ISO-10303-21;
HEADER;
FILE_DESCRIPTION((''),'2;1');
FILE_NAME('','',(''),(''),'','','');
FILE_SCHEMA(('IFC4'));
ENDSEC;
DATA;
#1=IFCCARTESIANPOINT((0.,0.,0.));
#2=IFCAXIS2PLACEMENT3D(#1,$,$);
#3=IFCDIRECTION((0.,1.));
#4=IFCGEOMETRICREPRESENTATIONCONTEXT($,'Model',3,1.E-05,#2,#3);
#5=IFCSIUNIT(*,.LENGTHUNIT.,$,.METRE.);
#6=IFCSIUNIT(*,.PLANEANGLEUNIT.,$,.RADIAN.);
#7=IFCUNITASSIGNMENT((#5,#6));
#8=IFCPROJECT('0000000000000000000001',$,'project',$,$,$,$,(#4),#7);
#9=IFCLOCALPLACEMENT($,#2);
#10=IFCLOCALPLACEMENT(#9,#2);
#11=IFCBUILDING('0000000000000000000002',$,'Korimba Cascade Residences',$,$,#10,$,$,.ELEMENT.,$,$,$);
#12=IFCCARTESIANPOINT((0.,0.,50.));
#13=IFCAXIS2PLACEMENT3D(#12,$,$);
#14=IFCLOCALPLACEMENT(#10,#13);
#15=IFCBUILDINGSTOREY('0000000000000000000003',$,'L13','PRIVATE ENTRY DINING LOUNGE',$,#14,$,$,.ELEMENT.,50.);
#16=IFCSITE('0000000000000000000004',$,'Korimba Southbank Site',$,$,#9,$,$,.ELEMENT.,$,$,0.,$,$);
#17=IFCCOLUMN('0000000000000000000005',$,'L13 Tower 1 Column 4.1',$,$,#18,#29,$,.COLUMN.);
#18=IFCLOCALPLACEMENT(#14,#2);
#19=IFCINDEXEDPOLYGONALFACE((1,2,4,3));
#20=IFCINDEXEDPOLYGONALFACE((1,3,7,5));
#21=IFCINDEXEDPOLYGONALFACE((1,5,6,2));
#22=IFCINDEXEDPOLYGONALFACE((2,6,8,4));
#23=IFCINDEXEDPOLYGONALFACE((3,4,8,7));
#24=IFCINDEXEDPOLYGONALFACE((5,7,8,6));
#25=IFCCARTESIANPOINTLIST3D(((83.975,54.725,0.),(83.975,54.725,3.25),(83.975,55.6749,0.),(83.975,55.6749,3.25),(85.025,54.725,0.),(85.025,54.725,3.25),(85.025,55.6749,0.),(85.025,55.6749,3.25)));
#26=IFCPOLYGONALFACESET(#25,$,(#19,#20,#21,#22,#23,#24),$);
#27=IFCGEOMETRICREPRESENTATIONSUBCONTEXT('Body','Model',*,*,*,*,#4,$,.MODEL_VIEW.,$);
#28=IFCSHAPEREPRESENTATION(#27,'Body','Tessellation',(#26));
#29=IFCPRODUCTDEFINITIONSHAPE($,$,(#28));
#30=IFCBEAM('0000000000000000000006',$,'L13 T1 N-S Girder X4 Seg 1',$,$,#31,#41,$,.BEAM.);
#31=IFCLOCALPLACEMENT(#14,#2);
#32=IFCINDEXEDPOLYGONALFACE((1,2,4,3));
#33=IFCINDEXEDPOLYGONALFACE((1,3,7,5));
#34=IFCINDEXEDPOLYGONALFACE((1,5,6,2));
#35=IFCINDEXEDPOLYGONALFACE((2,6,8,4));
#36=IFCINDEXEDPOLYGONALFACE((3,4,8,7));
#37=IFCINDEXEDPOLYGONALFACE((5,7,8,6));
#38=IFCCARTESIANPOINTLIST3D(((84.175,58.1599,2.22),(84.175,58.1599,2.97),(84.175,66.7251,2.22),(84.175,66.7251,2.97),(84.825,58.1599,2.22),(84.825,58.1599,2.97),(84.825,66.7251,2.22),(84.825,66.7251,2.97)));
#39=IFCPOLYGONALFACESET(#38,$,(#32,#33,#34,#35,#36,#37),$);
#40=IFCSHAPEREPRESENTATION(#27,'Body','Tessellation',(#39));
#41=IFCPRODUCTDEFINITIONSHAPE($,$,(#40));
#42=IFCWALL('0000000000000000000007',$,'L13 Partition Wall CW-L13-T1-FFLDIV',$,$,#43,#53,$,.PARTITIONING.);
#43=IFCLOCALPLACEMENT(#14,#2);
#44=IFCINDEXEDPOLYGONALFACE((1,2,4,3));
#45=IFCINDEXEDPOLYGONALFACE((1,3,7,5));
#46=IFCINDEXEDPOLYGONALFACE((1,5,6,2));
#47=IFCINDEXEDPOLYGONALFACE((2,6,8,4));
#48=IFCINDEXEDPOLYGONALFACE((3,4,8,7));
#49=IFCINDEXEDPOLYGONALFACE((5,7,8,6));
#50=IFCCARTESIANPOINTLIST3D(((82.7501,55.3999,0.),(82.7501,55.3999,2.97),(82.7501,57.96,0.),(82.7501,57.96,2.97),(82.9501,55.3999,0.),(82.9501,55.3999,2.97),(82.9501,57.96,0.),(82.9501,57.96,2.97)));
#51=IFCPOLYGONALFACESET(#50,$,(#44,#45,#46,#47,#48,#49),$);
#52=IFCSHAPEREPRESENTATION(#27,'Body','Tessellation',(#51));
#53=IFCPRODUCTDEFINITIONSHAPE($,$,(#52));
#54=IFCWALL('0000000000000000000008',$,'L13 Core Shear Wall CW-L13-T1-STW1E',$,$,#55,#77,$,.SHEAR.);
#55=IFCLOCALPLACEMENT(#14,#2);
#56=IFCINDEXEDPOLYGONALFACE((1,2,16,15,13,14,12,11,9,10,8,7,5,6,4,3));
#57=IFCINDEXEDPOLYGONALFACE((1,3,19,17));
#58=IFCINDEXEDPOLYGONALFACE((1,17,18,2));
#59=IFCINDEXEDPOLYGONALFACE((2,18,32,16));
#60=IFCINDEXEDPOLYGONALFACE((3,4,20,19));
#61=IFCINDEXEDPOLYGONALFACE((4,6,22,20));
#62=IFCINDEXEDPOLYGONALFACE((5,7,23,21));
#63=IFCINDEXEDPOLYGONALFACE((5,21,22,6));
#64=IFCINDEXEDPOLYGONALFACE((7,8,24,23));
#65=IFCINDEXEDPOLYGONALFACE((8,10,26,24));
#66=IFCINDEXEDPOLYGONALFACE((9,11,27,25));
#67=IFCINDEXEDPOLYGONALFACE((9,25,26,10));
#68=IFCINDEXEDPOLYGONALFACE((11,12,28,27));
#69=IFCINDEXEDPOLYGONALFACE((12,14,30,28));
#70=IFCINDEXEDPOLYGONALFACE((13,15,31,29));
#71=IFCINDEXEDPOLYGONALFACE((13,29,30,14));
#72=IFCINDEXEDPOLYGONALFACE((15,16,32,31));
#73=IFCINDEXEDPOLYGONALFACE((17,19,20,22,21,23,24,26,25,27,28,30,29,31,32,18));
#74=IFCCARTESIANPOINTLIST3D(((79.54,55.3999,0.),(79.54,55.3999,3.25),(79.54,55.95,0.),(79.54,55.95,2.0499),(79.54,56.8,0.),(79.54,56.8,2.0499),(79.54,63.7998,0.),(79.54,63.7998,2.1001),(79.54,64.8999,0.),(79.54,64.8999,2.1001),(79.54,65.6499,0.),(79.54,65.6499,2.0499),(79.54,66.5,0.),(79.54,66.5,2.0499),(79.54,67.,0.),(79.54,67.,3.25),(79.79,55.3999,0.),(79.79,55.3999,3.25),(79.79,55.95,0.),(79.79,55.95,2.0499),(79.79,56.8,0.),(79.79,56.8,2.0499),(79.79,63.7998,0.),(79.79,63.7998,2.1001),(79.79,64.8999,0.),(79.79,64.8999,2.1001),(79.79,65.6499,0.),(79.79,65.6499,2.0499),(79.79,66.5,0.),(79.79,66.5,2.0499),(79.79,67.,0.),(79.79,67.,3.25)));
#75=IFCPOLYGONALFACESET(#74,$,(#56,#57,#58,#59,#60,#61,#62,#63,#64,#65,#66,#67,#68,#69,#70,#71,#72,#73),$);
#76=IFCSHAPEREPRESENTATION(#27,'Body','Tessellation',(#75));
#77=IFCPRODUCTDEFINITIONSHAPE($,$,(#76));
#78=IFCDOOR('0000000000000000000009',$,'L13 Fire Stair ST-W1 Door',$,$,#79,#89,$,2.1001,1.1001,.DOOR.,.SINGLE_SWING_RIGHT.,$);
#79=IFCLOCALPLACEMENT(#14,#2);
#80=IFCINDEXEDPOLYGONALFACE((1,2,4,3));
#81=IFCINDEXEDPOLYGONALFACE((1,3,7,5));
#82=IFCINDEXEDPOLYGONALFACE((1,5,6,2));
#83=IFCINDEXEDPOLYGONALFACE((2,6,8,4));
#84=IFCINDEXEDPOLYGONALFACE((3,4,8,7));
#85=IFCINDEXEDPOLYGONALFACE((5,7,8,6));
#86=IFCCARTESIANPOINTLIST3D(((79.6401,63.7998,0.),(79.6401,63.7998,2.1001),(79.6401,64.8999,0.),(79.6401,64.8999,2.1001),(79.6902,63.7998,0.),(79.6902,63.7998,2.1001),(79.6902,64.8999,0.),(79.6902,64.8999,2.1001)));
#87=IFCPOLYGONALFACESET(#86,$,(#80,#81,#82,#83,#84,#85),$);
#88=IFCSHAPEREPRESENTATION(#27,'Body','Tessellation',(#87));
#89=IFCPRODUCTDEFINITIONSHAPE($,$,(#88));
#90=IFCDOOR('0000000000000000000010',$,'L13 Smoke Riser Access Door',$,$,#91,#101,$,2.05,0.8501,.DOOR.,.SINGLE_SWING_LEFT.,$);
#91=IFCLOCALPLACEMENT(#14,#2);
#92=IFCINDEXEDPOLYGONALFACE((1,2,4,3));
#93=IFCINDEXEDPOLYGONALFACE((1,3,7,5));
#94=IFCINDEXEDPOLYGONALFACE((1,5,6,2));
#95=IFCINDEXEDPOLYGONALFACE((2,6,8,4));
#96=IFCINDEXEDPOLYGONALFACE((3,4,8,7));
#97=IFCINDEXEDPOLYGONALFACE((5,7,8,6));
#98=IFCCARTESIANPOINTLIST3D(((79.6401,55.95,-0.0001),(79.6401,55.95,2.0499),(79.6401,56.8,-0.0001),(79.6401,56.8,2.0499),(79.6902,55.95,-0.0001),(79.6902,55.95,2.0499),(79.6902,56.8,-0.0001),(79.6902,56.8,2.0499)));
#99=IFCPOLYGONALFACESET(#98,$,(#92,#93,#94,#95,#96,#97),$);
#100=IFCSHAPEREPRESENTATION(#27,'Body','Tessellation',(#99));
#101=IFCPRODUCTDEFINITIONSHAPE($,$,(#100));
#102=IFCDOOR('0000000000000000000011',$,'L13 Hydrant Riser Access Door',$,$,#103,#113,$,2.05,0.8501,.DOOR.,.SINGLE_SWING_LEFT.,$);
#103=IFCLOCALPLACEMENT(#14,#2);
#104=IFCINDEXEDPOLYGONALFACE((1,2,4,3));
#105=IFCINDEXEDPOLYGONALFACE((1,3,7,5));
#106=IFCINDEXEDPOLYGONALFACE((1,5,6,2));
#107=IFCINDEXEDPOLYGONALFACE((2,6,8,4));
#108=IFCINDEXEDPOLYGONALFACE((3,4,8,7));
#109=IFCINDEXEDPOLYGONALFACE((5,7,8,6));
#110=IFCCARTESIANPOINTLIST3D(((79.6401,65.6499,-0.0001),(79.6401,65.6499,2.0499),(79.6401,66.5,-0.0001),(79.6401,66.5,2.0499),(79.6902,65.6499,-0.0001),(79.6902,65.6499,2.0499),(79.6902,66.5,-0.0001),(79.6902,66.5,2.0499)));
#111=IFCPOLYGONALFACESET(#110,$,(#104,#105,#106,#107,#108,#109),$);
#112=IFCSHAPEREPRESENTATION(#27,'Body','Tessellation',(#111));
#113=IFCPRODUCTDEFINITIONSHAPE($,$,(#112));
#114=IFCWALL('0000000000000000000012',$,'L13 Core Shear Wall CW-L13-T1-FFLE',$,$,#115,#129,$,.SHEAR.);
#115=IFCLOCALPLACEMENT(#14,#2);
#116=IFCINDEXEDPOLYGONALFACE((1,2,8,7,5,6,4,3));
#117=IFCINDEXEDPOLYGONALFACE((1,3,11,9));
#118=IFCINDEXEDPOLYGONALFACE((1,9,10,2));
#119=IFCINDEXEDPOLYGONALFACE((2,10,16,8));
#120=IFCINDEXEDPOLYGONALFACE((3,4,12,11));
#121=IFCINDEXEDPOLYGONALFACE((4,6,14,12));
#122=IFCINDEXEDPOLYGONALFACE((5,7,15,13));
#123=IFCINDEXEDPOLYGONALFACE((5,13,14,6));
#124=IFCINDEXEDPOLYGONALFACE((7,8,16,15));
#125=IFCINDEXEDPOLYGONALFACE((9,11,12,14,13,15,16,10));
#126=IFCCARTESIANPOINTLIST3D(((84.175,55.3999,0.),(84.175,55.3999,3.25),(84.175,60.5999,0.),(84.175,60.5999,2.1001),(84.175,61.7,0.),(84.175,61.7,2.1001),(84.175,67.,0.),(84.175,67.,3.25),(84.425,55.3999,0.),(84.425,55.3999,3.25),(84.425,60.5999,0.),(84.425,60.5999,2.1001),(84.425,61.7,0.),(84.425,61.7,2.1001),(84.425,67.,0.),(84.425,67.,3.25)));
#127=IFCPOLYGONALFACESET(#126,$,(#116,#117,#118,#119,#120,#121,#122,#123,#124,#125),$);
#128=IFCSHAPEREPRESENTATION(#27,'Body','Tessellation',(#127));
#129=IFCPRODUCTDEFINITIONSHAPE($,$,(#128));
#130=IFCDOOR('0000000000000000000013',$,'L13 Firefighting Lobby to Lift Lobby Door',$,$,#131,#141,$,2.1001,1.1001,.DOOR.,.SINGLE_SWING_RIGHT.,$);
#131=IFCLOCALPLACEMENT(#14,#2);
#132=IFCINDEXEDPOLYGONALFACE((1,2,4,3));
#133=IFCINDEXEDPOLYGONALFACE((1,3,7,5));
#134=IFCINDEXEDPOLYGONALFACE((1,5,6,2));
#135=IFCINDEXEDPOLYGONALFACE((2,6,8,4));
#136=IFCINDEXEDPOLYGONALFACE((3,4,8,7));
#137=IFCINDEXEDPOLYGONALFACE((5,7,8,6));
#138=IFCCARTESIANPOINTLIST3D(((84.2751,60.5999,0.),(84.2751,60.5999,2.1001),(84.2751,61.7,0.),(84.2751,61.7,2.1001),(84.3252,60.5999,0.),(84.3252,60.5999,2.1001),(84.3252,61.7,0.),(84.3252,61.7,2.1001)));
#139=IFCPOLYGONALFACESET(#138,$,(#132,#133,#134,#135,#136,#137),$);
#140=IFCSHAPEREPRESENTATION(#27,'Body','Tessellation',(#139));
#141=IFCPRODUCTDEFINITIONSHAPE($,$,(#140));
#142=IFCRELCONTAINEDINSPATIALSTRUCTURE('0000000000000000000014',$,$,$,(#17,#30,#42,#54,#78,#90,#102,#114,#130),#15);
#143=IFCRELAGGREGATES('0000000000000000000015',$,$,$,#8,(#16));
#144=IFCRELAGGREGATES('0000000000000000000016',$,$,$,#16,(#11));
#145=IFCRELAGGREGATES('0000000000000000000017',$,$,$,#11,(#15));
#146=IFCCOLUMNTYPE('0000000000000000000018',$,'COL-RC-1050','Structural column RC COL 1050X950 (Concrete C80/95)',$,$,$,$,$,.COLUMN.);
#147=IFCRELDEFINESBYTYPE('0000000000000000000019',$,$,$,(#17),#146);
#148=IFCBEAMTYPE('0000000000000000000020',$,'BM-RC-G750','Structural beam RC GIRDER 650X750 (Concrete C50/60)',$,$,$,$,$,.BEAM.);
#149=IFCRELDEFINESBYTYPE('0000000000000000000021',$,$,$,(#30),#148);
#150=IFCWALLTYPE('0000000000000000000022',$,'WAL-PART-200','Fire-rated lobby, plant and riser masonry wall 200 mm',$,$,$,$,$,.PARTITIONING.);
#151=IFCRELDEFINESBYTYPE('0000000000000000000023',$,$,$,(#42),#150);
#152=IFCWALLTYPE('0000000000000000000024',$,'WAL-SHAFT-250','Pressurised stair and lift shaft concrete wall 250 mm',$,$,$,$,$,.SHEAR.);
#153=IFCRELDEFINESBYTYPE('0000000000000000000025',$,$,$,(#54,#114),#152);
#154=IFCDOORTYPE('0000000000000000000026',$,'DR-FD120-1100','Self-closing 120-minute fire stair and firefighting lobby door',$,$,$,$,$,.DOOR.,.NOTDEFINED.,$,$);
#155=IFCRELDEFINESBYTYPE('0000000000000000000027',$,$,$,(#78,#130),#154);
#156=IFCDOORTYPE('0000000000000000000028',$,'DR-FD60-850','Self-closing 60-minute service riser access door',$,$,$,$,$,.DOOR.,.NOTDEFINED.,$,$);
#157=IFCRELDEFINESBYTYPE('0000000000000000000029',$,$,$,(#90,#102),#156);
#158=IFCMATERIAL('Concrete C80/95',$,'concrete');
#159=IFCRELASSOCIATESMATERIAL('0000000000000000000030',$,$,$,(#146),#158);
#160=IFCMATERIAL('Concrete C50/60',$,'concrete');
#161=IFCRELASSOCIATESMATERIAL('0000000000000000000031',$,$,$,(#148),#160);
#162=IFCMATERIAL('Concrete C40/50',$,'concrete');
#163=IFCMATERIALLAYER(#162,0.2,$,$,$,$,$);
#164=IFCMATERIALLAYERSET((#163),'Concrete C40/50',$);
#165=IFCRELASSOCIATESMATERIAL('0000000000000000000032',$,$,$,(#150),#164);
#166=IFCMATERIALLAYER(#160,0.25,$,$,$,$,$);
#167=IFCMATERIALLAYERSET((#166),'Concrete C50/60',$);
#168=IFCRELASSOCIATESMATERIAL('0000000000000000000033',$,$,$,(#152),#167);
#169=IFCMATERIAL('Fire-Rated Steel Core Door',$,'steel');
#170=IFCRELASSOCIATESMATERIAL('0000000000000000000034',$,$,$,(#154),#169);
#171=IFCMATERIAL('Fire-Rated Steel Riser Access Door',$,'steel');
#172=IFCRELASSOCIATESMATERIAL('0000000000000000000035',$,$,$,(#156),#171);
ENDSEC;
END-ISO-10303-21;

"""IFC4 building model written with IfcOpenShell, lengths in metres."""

from ifc_helpers import new_model, si_unit, direction, frame, frame_2d, origin, origin_2d, place, context, subcontext, project, spatial, rectangle, extrude, material, layer, layer_set, material_profile, profile_set, type_object, element, fill, save


model = new_model("IFC4")

# Units and contexts
model_context = context("Model", 3, precision=1e-05, world=origin(), true_north=direction((0.0, 1.0)))
body_context = subcontext(model_context, "Body", "Model", "MODEL_VIEW")
ifc_project = project(units=[si_unit("LENGTHUNIT", "METRE"), si_unit("PLANEANGLEUNIT", "RADIAN")], contexts=[model_context])

# Site, building, storey
site_placement = place(None, origin())
site = spatial("IfcSite", under=ifc_project, at=site_placement, Name="Korimba Southbank Site", CompositionType="ELEMENT", RefElevation=0.0)
building_placement = place(site_placement, origin())
building = spatial("IfcBuilding", under=site, at=building_placement, Name="Korimba Cascade Residences", CompositionType="ELEMENT")
storey_placement = place(building_placement, frame((0.0, 0.0, 50.0)))
storey = spatial("IfcBuildingStorey", under=building, at=storey_placement, Name="L13", Description="PRIVATE ENTRY DINING LOUNGE", CompositionType="ELEMENT", Elevation=50.0)

# Column
ifc_material_1 = material(Name="Concrete C80/95", Category="concrete")
ifc_material_profile_1 = material_profile(ifc_material_1, rectangle(XDim=1.05, YDim=0.95, at=origin_2d()), Name="Concrete C80/95")
ifc_profile_set_1 = profile_set([ifc_material_profile_1], Name="Concrete C80/95")
column_type = type_object("IfcColumnType", Name="COL-RC-1050", Description="Structural column RC COL 1050X950 (Concrete C80/95)", PredefinedType="COLUMN", material=ifc_profile_set_1)
column_placement = place(storey_placement, frame((84.5, 55.2, 0.0), z_axis=(0.0, 0.0, 1.0), x_axis=(1.0, 0.0, 0.0)))
element("IfcColumn", 1, at=column_placement, inside=storey, type_object=column_type, Name="L13 Tower 1 Column 4.1", PredefinedType="COLUMN", context=body_context, shape_type="SweptSolid", body=[
    extrude(rectangle(XDim=1.05, YDim=0.95, at=origin_2d()), origin(), (0.0, 0.0, 1.0), 3.25),
])

# Beam
ifc_material_2 = material(Name="Concrete C50/60", Category="concrete")
ifc_material_profile_2 = material_profile(ifc_material_2, rectangle(XDim=0.6499, YDim=0.75, at=origin_2d()), Name="Concrete C50/60")
ifc_profile_set_2 = profile_set([ifc_material_profile_2], Name="Concrete C50/60")
beam_type = type_object("IfcBeamType", Name="BM-RC-G750", Description="Structural beam RC GIRDER 650X750 (Concrete C50/60)", PredefinedType="BEAM", material=ifc_profile_set_2)
beam_placement = place(storey_placement, frame((84.5, 58.1599, 2.595), z_axis=(0.0, 1.0, 0.0), x_axis=(-1.0, 0.0, 0.0)))
element("IfcBeam", 2, at=beam_placement, inside=storey, type_object=beam_type, Name="L13 T1 N-S Girder X4 Seg 1", PredefinedType="BEAM", context=body_context, shape_type="SweptSolid", body=[
    extrude(rectangle(XDim=0.6499, YDim=0.75, at=origin_2d()), origin(), (0.0, 0.0, 1.0), 8.5652),
])

# Wall
ifc_material_3 = material(Name="Concrete C40/50", Category="concrete")
ifc_layer_1 = layer(ifc_material_3, 0.2)
ifc_layer_set_1 = layer_set([ifc_layer_1], Name="Concrete C40/50")
wall_type_1 = type_object("IfcWallType", Name="WAL-PART-200", Description="Fire-rated lobby, plant and riser masonry wall 200 mm", PredefinedType="PARTITIONING", material=ifc_layer_set_1)
wall_1_placement = place(storey_placement, frame((82.8501, 55.3999, 0.0), z_axis=(0.0, 0.0, 1.0), x_axis=(0.0, 1.0, 0.0)))
element("IfcWall", 3, at=wall_1_placement, inside=storey, type_object=wall_type_1, Name="L13 Partition Wall CW-L13-T1-FFLDIV", PredefinedType="PARTITIONING", context=body_context, shape_type="SweptSolid", body=[
    extrude(rectangle(XDim=2.5601, YDim=0.2, at=frame_2d((1.28, 0.0))), origin(), (0.0, 0.0, 1.0), 2.97),
])

# Wall, openings, doors
ifc_layer_2 = layer(ifc_material_2, 0.25)
ifc_layer_set_2 = layer_set([ifc_layer_2], Name="Concrete C50/60")
wall_type_2 = type_object("IfcWallType", Name="WAL-SHAFT-250", Description="Pressurised stair and lift shaft concrete wall 250 mm", PredefinedType="SHEAR", material=ifc_layer_set_2)
wall_2_placement = place(storey_placement, frame((79.665, 55.3999, 0.0), z_axis=(0.0, 0.0, 1.0), x_axis=(0.0, 1.0, 0.0)))
wall_2 = element("IfcWall", 4, at=wall_2_placement, inside=storey, type_object=wall_type_2, Name="L13 Core Shear Wall CW-L13-T1-STW1E", PredefinedType="SHEAR", context=body_context, shape_type="SweptSolid", body=[
    extrude(rectangle(XDim=11.6001, YDim=0.25, at=frame_2d((5.8, 0.0))), origin(), (0.0, 0.0, 1.0), 3.25),
])
opening_1_placement = place(wall_2_placement, frame((0.55, 0.0, 0.0)))
opening_1 = element("IfcOpeningElement", 5, at=opening_1_placement, cuts=wall_2, PredefinedType="OPENING", context=body_context, shape_type="SweptSolid", body=[
    extrude(rectangle(XDim=0.8501, YDim=2.05, at=frame_2d((0.425, 1.0249))), frame((0.0, 0.135, 0.0), z_axis=(0.0, -1.0, 0.0), x_axis=(1.0, 0.0, 0.0)), (0.0, 0.0, 1.0), 0.27),
])
opening_2_placement = place(wall_2_placement, frame((8.3999, 0.0, 0.0)))
opening_2 = element("IfcOpeningElement", 6, at=opening_2_placement, cuts=wall_2, PredefinedType="OPENING", context=body_context, shape_type="SweptSolid", body=[
    extrude(rectangle(XDim=1.1001, YDim=2.1001, at=frame_2d((0.55, 1.05))), frame((0.0, 0.135, 0.0), z_axis=(0.0, -1.0, 0.0), x_axis=(1.0, 0.0, 0.0)), (0.0, 0.0, 1.0), 0.27),
])
opening_3_placement = place(wall_2_placement, frame((10.25, 0.0, 0.0)))
opening_3 = element("IfcOpeningElement", 7, at=opening_3_placement, cuts=wall_2, PredefinedType="OPENING", context=body_context, shape_type="SweptSolid", body=[
    extrude(rectangle(XDim=0.8501, YDim=2.05, at=frame_2d((0.425, 1.0249))), frame((0.0, 0.135, 0.0), z_axis=(0.0, -1.0, 0.0), x_axis=(1.0, 0.0, 0.0)), (0.0, 0.0, 1.0), 0.27),
])
ifc_material_4 = material(Name="Fire-Rated Steel Core Door", Category="steel")
door_type_1 = type_object("IfcDoorType", Name="DR-FD120-1100", Description="Self-closing 120-minute fire stair and firefighting lobby door", OperationType="NOTDEFINED", PredefinedType="DOOR", material=ifc_material_4)
door_1_placement = place(opening_2_placement, origin())
door_1 = element("IfcDoor", 8, at=door_1_placement, inside=storey, type_object=door_type_1, Name="L13 Fire Stair ST-W1 Door", OperationType="SINGLE_SWING_RIGHT", OverallHeight=2.1001, OverallWidth=1.1001, PredefinedType="DOOR", context=body_context, shape_type="SweptSolid", body=[
    extrude(rectangle(XDim=1.1001, YDim=2.1001, at=frame_2d((0.55, 1.05))), frame((0.0, 0.0249, 0.0), z_axis=(0.0, -1.0, 0.0), x_axis=(1.0, 0.0, 0.0)), (0.0, 0.0, 1.0), 0.05),
])
fill(opening_2, door_1)
ifc_material_5 = material(Name="Fire-Rated Steel Riser Access Door", Category="steel")
door_type_2 = type_object("IfcDoorType", Name="DR-FD60-850", Description="Self-closing 60-minute service riser access door", OperationType="NOTDEFINED", PredefinedType="DOOR", material=ifc_material_5)
door_2_placement = place(opening_1_placement, origin())
door_2 = element("IfcDoor", 9, at=door_2_placement, inside=storey, type_object=door_type_2, Name="L13 Smoke Riser Access Door", OperationType="SINGLE_SWING_LEFT", OverallHeight=2.05, OverallWidth=0.8501, PredefinedType="DOOR", context=body_context, shape_type="SweptSolid", body=[
    extrude(rectangle(XDim=0.8501, YDim=2.05, at=frame_2d((0.425, 1.0249))), frame((0.0, 0.0249, 0.0), z_axis=(0.0, -1.0, 0.0), x_axis=(1.0, 0.0, 0.0)), (0.0, 0.0, 1.0), 0.05),
])
fill(opening_1, door_2)
door_3_placement = place(opening_3_placement, origin())
door_3 = element("IfcDoor", 10, at=door_3_placement, inside=storey, type_object=door_type_2, Name="L13 Hydrant Riser Access Door", OperationType="SINGLE_SWING_LEFT", OverallHeight=2.05, OverallWidth=0.8501, PredefinedType="DOOR", context=body_context, shape_type="SweptSolid", body=[
    extrude(rectangle(XDim=0.8501, YDim=2.05, at=frame_2d((0.425, 1.0249))), frame((0.0, 0.0249, 0.0), z_axis=(0.0, -1.0, 0.0), x_axis=(1.0, 0.0, 0.0)), (0.0, 0.0, 1.0), 0.05),
])
fill(opening_3, door_3)

# Wall, opening, door
wall_3_placement = place(storey_placement, frame((84.3, 55.3999, 0.0), z_axis=(0.0, 0.0, 1.0), x_axis=(0.0, 1.0, 0.0)))
wall_3 = element("IfcWall", 11, at=wall_3_placement, inside=storey, type_object=wall_type_2, Name="L13 Core Shear Wall CW-L13-T1-FFLE", PredefinedType="SHEAR", context=body_context, shape_type="SweptSolid", body=[
    extrude(rectangle(XDim=11.6001, YDim=0.25, at=frame_2d((5.8, 0.0))), origin(), (0.0, 0.0, 1.0), 3.25),
])
opening_4_placement = place(wall_3_placement, frame((5.2, 0.0, 0.0)))
opening_4 = element("IfcOpeningElement", 12, at=opening_4_placement, cuts=wall_3, PredefinedType="OPENING", context=body_context, shape_type="SweptSolid", body=[
    extrude(rectangle(XDim=1.1001, YDim=2.1001, at=frame_2d((0.55, 1.05))), frame((0.0, 0.135, 0.0), z_axis=(0.0, -1.0, 0.0), x_axis=(1.0, 0.0, 0.0)), (0.0, 0.0, 1.0), 0.27),
])
door_4_placement = place(opening_4_placement, origin())
door_4 = element("IfcDoor", 13, at=door_4_placement, inside=storey, type_object=door_type_1, Name="L13 Firefighting Lobby to Lift Lobby Door", OperationType="SINGLE_SWING_RIGHT", OverallHeight=2.1001, OverallWidth=1.1001, PredefinedType="DOOR", context=body_context, shape_type="SweptSolid", body=[
    extrude(rectangle(XDim=1.1001, YDim=2.1001, at=frame_2d((0.55, 1.05))), frame((0.0, 0.0249, 0.0), z_axis=(0.0, -1.0, 0.0), x_axis=(1.0, 0.0, 0.0)), (0.0, 0.0, 1.0), 0.05),
])
fill(opening_4, door_4)

save(model, "model.ifc")
